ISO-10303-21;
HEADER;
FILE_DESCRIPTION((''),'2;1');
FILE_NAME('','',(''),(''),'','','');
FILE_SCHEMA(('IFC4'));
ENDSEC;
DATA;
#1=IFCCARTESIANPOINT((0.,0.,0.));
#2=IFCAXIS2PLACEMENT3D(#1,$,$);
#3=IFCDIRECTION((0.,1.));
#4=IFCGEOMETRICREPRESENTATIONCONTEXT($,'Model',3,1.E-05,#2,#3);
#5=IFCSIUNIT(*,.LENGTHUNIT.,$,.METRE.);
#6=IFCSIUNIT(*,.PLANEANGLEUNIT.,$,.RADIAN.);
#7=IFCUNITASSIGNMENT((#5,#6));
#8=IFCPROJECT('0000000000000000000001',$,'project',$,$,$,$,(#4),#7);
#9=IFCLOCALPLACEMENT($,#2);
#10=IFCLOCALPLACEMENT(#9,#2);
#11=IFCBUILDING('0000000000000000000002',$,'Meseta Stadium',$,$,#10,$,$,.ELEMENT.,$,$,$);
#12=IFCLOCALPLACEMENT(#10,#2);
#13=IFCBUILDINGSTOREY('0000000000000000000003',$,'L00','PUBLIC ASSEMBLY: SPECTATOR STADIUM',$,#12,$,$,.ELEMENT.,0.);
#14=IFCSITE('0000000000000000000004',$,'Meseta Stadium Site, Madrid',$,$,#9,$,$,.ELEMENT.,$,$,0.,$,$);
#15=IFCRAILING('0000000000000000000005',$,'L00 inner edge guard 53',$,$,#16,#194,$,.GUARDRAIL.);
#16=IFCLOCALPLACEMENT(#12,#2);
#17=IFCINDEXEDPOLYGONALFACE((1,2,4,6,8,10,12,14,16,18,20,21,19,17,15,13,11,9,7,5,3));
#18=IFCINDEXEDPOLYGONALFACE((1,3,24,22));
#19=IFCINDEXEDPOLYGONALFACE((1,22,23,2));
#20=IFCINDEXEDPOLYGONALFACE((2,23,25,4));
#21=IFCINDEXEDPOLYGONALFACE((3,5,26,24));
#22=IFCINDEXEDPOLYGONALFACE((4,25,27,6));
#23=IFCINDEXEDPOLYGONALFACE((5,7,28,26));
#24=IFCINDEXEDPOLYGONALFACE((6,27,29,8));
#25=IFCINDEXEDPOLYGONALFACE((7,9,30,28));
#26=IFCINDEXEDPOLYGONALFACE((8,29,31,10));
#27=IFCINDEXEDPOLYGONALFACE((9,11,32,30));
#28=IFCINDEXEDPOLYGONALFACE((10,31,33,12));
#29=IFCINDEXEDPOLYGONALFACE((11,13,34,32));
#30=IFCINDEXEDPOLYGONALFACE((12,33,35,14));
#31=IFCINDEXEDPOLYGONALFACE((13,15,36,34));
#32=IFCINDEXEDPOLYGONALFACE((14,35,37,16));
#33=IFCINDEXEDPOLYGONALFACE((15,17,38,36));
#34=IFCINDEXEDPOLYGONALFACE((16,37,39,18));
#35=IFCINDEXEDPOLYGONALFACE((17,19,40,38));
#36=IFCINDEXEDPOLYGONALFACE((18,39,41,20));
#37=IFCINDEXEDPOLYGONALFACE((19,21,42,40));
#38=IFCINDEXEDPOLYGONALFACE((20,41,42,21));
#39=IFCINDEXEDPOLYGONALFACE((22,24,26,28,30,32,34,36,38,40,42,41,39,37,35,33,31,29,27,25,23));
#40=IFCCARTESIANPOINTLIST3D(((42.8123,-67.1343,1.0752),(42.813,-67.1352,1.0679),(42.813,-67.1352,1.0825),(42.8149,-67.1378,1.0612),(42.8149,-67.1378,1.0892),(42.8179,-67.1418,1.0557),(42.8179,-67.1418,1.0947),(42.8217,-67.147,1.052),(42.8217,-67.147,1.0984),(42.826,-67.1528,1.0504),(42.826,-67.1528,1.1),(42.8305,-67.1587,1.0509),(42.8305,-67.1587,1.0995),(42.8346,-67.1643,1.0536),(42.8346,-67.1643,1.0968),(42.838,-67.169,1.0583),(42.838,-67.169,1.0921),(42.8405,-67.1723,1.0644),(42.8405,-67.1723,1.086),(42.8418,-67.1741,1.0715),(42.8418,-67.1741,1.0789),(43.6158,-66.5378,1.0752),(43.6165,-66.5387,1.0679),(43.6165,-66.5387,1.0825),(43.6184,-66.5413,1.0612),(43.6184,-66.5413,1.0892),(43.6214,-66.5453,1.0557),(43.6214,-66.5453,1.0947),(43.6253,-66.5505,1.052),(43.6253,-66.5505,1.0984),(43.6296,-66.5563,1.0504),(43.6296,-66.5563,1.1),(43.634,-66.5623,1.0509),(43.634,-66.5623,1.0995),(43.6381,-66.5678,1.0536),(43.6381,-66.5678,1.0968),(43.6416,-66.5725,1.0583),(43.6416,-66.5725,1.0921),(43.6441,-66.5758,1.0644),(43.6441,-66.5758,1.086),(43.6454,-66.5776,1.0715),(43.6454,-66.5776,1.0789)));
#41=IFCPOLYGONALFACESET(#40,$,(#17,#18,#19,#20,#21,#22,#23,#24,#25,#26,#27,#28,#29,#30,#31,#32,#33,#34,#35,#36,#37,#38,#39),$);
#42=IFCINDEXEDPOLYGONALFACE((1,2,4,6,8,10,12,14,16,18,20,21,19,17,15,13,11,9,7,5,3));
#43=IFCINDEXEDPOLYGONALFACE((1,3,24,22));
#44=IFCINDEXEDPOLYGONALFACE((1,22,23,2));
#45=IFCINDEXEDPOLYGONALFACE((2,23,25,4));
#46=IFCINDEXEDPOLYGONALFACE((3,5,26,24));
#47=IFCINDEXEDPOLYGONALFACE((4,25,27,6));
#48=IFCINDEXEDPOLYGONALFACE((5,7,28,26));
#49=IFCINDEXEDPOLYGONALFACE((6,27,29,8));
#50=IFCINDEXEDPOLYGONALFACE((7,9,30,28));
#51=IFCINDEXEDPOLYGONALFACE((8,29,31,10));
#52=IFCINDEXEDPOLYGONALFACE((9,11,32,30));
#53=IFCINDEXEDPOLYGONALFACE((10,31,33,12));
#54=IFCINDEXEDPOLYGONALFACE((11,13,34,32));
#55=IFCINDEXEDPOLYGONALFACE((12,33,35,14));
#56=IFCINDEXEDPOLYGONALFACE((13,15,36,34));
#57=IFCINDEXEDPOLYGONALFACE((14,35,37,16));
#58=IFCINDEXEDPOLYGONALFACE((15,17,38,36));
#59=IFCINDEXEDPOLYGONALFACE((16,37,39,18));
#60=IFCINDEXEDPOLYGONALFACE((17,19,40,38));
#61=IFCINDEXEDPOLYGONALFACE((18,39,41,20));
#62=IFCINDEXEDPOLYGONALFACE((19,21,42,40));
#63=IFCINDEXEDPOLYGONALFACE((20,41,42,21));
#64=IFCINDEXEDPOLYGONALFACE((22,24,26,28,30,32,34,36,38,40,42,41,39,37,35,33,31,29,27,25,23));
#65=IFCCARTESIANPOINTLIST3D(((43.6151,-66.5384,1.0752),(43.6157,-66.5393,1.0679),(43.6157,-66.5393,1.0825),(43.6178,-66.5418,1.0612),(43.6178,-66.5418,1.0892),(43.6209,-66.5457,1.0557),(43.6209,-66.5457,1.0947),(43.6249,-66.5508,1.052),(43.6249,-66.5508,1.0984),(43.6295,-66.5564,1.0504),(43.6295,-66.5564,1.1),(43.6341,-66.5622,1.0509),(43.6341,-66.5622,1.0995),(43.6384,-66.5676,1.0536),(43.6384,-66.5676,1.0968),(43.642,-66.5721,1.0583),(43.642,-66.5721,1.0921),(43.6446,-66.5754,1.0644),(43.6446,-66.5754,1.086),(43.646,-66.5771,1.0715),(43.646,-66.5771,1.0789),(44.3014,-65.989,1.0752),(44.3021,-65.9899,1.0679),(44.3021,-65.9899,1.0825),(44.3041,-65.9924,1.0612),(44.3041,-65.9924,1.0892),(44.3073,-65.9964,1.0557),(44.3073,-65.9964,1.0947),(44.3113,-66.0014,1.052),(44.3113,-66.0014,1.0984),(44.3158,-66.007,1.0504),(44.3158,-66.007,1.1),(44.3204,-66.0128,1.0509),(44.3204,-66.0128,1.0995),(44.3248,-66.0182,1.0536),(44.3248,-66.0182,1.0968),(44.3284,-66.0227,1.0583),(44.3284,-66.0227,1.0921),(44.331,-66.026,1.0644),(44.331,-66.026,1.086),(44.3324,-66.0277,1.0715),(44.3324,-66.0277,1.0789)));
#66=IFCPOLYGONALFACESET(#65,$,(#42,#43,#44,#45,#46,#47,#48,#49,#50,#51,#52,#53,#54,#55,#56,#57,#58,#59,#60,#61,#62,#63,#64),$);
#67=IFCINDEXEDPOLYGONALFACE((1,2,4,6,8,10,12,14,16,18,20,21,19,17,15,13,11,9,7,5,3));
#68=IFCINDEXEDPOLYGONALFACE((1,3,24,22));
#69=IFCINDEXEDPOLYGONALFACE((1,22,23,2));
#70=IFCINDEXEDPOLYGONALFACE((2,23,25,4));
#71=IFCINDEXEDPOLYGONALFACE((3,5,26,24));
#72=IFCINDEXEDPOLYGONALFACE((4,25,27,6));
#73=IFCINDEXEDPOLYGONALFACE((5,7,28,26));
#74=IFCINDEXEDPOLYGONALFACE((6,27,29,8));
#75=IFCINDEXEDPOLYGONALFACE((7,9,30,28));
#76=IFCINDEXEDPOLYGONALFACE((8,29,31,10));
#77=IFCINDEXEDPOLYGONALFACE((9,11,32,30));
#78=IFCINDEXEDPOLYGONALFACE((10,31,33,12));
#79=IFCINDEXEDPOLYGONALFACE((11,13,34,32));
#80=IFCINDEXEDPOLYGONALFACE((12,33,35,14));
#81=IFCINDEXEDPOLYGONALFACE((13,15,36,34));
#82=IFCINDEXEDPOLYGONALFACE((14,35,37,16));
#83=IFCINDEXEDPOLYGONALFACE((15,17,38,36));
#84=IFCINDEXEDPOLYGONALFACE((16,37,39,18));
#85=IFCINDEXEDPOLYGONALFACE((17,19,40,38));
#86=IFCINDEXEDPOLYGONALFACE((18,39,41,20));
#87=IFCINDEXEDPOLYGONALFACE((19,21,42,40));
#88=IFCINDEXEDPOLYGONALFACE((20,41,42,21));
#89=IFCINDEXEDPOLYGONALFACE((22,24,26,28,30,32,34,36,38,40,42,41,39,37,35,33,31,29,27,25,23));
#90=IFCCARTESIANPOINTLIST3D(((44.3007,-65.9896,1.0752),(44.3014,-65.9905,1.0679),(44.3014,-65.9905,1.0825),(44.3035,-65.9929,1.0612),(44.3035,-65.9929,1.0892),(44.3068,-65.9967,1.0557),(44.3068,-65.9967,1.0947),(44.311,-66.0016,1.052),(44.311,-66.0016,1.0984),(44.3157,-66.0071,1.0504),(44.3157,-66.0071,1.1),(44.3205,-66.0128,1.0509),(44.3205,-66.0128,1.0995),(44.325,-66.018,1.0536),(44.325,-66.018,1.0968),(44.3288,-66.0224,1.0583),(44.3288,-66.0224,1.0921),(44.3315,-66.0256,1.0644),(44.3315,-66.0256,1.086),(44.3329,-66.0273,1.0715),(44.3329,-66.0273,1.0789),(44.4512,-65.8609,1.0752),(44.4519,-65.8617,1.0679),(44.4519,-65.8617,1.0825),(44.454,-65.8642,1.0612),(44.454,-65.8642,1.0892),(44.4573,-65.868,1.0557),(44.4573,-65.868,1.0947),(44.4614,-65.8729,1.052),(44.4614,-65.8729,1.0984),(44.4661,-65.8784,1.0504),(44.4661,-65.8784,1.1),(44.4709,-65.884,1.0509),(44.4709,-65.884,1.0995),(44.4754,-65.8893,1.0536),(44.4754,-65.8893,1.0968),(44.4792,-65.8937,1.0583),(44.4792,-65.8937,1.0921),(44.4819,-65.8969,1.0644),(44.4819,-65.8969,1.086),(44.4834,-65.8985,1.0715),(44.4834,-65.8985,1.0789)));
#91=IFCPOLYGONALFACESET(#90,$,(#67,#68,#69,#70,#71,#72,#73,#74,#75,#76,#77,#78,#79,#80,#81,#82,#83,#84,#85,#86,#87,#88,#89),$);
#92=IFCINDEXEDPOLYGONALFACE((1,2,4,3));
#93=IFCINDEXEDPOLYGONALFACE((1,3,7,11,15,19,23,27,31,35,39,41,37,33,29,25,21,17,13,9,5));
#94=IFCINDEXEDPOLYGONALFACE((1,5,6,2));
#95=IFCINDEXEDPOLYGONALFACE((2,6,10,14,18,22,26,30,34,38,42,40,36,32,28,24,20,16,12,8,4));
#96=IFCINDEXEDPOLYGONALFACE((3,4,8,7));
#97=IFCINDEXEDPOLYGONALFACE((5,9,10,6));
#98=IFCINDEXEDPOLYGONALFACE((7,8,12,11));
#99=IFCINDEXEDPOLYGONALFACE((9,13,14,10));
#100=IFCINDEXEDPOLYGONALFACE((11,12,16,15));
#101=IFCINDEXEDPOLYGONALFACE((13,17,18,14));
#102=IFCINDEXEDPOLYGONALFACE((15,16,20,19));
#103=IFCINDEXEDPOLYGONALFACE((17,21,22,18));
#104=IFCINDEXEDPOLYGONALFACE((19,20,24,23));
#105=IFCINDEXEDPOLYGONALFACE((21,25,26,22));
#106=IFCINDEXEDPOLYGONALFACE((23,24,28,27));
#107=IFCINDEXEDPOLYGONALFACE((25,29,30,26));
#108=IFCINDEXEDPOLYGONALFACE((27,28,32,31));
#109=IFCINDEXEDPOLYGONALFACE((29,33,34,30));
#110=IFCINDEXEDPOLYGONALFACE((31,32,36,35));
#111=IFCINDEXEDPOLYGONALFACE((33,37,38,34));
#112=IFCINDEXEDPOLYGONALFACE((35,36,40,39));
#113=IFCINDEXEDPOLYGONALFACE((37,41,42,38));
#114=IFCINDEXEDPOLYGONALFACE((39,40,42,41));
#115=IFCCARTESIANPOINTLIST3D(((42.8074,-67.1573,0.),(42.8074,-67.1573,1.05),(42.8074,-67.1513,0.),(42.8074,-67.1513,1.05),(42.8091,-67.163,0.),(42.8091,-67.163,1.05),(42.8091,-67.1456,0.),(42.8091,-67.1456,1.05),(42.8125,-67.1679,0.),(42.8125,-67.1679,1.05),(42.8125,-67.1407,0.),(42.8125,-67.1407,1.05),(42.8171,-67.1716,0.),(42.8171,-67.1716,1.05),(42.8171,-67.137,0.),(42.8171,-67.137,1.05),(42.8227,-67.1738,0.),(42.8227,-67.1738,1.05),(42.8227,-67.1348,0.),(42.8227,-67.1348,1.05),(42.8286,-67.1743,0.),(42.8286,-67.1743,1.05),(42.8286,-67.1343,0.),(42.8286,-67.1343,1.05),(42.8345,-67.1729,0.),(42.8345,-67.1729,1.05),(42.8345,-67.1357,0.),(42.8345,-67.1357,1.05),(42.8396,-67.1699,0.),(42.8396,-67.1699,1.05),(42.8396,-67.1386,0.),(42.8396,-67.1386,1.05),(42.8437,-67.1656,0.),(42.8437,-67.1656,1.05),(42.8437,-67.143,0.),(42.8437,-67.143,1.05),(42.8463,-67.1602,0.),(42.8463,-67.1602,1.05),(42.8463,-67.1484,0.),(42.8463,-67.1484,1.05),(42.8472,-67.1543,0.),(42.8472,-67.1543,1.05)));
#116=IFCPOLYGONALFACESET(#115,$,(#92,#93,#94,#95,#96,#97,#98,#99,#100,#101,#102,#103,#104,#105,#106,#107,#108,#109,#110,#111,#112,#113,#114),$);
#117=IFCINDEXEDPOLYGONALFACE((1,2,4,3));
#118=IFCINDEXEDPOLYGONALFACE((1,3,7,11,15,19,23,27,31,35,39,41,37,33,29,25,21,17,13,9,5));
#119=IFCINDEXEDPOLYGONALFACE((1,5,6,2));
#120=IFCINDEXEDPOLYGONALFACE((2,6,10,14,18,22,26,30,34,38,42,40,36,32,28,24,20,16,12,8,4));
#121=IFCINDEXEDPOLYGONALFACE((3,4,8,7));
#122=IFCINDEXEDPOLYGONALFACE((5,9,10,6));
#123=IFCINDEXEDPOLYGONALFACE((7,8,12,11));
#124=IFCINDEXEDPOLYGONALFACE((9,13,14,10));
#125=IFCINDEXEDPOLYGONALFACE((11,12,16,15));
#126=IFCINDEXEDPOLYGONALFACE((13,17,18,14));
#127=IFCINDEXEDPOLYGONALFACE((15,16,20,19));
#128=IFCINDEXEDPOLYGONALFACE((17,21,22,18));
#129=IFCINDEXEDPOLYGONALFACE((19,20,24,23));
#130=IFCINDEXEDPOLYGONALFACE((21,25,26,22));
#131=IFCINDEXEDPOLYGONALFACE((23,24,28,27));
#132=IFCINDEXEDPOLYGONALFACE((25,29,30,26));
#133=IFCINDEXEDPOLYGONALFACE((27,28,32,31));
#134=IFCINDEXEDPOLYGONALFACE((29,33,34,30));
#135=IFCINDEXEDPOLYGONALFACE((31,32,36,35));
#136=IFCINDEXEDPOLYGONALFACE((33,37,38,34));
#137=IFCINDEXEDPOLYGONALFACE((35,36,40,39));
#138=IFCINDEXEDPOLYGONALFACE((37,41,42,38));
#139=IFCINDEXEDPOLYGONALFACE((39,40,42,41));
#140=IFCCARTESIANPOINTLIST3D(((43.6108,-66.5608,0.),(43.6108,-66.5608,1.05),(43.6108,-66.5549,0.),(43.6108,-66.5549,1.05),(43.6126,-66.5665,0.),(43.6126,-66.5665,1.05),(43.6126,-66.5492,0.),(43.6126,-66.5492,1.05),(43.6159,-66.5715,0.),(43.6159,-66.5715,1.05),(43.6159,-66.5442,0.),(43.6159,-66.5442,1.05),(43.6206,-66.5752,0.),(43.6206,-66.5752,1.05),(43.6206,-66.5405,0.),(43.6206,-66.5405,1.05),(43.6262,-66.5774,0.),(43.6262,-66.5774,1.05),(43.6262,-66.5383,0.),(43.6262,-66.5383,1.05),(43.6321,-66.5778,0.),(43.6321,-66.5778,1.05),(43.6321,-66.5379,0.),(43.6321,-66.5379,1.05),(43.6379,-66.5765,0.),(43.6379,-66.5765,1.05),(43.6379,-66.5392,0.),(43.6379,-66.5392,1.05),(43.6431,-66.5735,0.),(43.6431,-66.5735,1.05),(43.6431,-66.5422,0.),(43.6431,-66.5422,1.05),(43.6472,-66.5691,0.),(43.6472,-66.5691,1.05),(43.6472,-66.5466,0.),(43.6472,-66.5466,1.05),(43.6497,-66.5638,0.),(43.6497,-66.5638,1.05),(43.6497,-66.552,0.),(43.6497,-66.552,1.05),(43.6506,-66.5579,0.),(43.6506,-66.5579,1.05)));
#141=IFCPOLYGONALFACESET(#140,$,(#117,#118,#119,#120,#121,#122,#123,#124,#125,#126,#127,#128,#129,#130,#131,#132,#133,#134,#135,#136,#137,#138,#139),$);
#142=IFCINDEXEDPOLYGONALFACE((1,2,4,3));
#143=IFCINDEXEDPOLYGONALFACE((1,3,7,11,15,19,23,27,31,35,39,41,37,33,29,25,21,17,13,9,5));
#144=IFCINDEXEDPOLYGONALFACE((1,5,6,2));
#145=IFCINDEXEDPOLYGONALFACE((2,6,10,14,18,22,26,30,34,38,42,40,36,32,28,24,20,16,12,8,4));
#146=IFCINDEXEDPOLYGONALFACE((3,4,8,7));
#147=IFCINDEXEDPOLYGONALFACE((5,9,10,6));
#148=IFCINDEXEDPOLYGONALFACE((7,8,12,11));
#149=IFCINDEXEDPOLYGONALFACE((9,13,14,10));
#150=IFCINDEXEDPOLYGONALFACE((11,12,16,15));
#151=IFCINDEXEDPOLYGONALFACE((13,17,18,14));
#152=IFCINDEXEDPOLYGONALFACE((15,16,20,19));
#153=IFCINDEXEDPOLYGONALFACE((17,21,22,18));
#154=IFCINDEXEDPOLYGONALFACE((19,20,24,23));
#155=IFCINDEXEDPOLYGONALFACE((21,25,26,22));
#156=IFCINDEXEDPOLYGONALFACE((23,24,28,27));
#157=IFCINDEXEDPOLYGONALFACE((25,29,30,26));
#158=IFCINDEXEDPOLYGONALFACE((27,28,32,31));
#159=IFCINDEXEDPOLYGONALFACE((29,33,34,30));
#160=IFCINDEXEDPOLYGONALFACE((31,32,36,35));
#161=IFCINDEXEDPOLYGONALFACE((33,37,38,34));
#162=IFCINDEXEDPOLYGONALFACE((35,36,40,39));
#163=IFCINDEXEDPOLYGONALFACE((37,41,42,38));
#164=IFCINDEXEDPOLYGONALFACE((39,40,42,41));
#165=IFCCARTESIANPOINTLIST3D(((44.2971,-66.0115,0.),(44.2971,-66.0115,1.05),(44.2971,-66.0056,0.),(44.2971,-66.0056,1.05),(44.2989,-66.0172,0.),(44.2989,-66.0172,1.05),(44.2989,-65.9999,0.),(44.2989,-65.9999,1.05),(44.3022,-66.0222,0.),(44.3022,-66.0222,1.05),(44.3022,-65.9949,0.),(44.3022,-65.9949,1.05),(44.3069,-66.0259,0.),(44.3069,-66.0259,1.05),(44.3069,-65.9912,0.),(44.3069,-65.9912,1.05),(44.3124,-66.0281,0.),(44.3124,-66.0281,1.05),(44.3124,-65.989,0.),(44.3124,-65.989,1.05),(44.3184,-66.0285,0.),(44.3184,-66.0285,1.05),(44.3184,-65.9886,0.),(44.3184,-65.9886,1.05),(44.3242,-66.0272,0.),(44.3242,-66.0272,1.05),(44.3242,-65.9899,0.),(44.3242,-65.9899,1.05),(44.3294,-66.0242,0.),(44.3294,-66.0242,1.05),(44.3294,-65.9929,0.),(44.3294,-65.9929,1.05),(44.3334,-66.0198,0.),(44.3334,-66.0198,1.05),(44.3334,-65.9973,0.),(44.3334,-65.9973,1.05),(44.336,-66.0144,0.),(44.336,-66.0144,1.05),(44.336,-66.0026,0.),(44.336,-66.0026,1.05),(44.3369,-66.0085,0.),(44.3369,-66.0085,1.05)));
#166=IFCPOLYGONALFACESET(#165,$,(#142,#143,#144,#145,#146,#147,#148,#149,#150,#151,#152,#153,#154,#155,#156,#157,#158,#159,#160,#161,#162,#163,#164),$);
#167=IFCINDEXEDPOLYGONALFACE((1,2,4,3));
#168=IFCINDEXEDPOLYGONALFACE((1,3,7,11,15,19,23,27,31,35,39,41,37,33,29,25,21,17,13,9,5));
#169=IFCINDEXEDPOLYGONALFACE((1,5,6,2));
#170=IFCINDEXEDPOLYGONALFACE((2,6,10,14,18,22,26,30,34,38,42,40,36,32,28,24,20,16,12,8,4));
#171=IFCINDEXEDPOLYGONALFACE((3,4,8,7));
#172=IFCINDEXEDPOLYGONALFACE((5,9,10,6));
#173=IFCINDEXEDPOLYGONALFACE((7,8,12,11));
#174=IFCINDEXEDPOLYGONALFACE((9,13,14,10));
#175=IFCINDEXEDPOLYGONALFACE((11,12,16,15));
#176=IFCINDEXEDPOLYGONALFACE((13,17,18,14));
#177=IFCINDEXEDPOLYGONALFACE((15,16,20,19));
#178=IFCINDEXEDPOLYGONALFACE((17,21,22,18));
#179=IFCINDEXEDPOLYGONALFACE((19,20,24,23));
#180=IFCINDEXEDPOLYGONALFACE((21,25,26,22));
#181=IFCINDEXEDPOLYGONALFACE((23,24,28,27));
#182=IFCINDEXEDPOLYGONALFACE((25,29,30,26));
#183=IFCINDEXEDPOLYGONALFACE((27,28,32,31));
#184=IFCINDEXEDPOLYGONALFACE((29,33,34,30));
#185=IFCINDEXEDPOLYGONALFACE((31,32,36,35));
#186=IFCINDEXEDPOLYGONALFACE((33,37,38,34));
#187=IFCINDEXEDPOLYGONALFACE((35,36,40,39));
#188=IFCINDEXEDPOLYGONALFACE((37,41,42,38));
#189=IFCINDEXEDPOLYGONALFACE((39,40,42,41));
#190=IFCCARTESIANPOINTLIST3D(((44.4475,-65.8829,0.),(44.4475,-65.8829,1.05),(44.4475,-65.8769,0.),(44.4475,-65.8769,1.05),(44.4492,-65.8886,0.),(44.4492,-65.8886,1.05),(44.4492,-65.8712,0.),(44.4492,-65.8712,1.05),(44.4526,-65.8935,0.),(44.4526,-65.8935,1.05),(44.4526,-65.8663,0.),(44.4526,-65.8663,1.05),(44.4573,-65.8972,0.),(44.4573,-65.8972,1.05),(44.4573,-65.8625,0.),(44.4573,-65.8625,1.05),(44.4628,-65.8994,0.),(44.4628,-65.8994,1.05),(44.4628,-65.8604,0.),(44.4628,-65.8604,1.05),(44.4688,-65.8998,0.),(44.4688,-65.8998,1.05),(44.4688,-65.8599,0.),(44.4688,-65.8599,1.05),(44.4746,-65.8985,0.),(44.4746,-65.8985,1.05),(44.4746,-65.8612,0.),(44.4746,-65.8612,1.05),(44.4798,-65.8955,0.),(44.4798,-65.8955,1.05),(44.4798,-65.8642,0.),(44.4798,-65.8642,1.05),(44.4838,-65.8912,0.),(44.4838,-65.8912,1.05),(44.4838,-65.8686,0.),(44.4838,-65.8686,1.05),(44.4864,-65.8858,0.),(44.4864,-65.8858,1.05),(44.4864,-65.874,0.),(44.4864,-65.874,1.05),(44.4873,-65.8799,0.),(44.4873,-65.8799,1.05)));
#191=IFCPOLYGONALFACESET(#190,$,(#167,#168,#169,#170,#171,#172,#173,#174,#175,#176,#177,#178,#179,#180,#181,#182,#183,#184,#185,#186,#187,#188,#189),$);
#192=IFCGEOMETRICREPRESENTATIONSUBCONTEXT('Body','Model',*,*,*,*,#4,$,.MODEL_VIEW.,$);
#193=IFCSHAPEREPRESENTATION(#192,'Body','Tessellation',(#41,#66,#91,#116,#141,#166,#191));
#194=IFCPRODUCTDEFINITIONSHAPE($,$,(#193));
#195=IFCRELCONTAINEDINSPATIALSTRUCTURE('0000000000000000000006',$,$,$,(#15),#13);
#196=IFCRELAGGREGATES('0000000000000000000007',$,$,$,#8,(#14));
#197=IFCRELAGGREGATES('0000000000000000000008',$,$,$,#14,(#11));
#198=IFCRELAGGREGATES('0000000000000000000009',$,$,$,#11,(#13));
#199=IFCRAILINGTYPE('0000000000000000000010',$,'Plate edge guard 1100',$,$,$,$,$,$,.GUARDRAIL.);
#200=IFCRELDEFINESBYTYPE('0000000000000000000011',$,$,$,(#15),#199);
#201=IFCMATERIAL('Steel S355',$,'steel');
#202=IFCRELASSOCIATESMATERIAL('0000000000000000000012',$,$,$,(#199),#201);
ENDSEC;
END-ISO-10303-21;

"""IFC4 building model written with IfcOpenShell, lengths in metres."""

from ifc_helpers import new_model, si_unit, direction, frame, origin, origin_2d, place, context, subcontext, project, spatial, circle, extrude, material, type_object, element, save


model = new_model("IFC4")

# Units and contexts
model_context = context("Model", 3, precision=1e-05, world=origin(), true_north=direction((0.0, 1.0)))
body_context = subcontext(model_context, "Body", "Model", "MODEL_VIEW")
ifc_project = project(units=[si_unit("LENGTHUNIT", "METRE"), si_unit("PLANEANGLEUNIT", "RADIAN")], contexts=[model_context])

# Site, building, storey
site_placement = place(None, origin())
site = spatial("IfcSite", under=ifc_project, at=site_placement, Name="Meseta Stadium Site, Madrid", CompositionType="ELEMENT", RefElevation=0.0)
building_placement = place(site_placement, origin())
building = spatial("IfcBuilding", under=site, at=building_placement, Name="Meseta Stadium", CompositionType="ELEMENT")
storey_placement = place(building_placement, origin())
storey = spatial("IfcBuildingStorey", under=building, at=storey_placement, Name="L00", Description="PUBLIC ASSEMBLY: SPECTATOR STADIUM", CompositionType="ELEMENT", Elevation=0.0)

# Railing
ifc_material_1 = material(Name="Steel S355", Category="steel")
railing_type_1 = type_object("IfcRailingType", Name="Plate edge guard 1100", PredefinedType="GUARDRAIL", material=ifc_material_1)
railing_1_placement = place(storey_placement, frame((42.8271, -67.1543, 0.0)))
element("IfcRailing", 1, at=railing_1_placement, inside=storey, type_object=railing_type_1, Name="L00 inner edge guard 53", PredefinedType="GUARDRAIL", context=body_context, shape_type="SweptSolid", body=[
    extrude(circle(Radius=0.0249, at=origin_2d()), frame((0.0, 0.0, 1.0752), z_axis=(0.802947, 0.59605, 0.0), x_axis=(-0.59605, 0.802947, 0.0)), (0.0, 0.0, 1.0), 1.0007),
    extrude(circle(Radius=0.0249, at=origin_2d()), frame((0.8035, 0.5964, 1.0752), z_axis=(0.780706, 0.624898, 0.0), x_axis=(-0.624898, 0.780706, 0.0)), (0.0, 0.0, 1.0), 0.8792),
    extrude(circle(Radius=0.0249, at=origin_2d()), frame((1.4897, 1.1458, 1.0752), z_axis=(0.759866, 0.65008, 0.0), x_axis=(-0.65008, 0.759866, 0.0)), (0.0, 0.0, 1.0), 0.198),
    extrude(circle(Radius=0.02, at=origin_2d()), origin(), (0.0, 0.0, 1.0), 1.05),
    extrude(circle(Radius=0.02, at=origin_2d()), frame((0.8035, 0.5964, 0.0)), (0.0, 0.0, 1.0), 1.05),
    extrude(circle(Radius=0.02, at=origin_2d()), frame((1.4897, 1.1458, 0.0)), (0.0, 0.0, 1.0), 1.05),
    extrude(circle(Radius=0.02, at=origin_2d()), frame((1.6401, 1.2744, 0.0)), (0.0, 0.0, 1.0), 1.05),
])

save(model, "model.ifc")
